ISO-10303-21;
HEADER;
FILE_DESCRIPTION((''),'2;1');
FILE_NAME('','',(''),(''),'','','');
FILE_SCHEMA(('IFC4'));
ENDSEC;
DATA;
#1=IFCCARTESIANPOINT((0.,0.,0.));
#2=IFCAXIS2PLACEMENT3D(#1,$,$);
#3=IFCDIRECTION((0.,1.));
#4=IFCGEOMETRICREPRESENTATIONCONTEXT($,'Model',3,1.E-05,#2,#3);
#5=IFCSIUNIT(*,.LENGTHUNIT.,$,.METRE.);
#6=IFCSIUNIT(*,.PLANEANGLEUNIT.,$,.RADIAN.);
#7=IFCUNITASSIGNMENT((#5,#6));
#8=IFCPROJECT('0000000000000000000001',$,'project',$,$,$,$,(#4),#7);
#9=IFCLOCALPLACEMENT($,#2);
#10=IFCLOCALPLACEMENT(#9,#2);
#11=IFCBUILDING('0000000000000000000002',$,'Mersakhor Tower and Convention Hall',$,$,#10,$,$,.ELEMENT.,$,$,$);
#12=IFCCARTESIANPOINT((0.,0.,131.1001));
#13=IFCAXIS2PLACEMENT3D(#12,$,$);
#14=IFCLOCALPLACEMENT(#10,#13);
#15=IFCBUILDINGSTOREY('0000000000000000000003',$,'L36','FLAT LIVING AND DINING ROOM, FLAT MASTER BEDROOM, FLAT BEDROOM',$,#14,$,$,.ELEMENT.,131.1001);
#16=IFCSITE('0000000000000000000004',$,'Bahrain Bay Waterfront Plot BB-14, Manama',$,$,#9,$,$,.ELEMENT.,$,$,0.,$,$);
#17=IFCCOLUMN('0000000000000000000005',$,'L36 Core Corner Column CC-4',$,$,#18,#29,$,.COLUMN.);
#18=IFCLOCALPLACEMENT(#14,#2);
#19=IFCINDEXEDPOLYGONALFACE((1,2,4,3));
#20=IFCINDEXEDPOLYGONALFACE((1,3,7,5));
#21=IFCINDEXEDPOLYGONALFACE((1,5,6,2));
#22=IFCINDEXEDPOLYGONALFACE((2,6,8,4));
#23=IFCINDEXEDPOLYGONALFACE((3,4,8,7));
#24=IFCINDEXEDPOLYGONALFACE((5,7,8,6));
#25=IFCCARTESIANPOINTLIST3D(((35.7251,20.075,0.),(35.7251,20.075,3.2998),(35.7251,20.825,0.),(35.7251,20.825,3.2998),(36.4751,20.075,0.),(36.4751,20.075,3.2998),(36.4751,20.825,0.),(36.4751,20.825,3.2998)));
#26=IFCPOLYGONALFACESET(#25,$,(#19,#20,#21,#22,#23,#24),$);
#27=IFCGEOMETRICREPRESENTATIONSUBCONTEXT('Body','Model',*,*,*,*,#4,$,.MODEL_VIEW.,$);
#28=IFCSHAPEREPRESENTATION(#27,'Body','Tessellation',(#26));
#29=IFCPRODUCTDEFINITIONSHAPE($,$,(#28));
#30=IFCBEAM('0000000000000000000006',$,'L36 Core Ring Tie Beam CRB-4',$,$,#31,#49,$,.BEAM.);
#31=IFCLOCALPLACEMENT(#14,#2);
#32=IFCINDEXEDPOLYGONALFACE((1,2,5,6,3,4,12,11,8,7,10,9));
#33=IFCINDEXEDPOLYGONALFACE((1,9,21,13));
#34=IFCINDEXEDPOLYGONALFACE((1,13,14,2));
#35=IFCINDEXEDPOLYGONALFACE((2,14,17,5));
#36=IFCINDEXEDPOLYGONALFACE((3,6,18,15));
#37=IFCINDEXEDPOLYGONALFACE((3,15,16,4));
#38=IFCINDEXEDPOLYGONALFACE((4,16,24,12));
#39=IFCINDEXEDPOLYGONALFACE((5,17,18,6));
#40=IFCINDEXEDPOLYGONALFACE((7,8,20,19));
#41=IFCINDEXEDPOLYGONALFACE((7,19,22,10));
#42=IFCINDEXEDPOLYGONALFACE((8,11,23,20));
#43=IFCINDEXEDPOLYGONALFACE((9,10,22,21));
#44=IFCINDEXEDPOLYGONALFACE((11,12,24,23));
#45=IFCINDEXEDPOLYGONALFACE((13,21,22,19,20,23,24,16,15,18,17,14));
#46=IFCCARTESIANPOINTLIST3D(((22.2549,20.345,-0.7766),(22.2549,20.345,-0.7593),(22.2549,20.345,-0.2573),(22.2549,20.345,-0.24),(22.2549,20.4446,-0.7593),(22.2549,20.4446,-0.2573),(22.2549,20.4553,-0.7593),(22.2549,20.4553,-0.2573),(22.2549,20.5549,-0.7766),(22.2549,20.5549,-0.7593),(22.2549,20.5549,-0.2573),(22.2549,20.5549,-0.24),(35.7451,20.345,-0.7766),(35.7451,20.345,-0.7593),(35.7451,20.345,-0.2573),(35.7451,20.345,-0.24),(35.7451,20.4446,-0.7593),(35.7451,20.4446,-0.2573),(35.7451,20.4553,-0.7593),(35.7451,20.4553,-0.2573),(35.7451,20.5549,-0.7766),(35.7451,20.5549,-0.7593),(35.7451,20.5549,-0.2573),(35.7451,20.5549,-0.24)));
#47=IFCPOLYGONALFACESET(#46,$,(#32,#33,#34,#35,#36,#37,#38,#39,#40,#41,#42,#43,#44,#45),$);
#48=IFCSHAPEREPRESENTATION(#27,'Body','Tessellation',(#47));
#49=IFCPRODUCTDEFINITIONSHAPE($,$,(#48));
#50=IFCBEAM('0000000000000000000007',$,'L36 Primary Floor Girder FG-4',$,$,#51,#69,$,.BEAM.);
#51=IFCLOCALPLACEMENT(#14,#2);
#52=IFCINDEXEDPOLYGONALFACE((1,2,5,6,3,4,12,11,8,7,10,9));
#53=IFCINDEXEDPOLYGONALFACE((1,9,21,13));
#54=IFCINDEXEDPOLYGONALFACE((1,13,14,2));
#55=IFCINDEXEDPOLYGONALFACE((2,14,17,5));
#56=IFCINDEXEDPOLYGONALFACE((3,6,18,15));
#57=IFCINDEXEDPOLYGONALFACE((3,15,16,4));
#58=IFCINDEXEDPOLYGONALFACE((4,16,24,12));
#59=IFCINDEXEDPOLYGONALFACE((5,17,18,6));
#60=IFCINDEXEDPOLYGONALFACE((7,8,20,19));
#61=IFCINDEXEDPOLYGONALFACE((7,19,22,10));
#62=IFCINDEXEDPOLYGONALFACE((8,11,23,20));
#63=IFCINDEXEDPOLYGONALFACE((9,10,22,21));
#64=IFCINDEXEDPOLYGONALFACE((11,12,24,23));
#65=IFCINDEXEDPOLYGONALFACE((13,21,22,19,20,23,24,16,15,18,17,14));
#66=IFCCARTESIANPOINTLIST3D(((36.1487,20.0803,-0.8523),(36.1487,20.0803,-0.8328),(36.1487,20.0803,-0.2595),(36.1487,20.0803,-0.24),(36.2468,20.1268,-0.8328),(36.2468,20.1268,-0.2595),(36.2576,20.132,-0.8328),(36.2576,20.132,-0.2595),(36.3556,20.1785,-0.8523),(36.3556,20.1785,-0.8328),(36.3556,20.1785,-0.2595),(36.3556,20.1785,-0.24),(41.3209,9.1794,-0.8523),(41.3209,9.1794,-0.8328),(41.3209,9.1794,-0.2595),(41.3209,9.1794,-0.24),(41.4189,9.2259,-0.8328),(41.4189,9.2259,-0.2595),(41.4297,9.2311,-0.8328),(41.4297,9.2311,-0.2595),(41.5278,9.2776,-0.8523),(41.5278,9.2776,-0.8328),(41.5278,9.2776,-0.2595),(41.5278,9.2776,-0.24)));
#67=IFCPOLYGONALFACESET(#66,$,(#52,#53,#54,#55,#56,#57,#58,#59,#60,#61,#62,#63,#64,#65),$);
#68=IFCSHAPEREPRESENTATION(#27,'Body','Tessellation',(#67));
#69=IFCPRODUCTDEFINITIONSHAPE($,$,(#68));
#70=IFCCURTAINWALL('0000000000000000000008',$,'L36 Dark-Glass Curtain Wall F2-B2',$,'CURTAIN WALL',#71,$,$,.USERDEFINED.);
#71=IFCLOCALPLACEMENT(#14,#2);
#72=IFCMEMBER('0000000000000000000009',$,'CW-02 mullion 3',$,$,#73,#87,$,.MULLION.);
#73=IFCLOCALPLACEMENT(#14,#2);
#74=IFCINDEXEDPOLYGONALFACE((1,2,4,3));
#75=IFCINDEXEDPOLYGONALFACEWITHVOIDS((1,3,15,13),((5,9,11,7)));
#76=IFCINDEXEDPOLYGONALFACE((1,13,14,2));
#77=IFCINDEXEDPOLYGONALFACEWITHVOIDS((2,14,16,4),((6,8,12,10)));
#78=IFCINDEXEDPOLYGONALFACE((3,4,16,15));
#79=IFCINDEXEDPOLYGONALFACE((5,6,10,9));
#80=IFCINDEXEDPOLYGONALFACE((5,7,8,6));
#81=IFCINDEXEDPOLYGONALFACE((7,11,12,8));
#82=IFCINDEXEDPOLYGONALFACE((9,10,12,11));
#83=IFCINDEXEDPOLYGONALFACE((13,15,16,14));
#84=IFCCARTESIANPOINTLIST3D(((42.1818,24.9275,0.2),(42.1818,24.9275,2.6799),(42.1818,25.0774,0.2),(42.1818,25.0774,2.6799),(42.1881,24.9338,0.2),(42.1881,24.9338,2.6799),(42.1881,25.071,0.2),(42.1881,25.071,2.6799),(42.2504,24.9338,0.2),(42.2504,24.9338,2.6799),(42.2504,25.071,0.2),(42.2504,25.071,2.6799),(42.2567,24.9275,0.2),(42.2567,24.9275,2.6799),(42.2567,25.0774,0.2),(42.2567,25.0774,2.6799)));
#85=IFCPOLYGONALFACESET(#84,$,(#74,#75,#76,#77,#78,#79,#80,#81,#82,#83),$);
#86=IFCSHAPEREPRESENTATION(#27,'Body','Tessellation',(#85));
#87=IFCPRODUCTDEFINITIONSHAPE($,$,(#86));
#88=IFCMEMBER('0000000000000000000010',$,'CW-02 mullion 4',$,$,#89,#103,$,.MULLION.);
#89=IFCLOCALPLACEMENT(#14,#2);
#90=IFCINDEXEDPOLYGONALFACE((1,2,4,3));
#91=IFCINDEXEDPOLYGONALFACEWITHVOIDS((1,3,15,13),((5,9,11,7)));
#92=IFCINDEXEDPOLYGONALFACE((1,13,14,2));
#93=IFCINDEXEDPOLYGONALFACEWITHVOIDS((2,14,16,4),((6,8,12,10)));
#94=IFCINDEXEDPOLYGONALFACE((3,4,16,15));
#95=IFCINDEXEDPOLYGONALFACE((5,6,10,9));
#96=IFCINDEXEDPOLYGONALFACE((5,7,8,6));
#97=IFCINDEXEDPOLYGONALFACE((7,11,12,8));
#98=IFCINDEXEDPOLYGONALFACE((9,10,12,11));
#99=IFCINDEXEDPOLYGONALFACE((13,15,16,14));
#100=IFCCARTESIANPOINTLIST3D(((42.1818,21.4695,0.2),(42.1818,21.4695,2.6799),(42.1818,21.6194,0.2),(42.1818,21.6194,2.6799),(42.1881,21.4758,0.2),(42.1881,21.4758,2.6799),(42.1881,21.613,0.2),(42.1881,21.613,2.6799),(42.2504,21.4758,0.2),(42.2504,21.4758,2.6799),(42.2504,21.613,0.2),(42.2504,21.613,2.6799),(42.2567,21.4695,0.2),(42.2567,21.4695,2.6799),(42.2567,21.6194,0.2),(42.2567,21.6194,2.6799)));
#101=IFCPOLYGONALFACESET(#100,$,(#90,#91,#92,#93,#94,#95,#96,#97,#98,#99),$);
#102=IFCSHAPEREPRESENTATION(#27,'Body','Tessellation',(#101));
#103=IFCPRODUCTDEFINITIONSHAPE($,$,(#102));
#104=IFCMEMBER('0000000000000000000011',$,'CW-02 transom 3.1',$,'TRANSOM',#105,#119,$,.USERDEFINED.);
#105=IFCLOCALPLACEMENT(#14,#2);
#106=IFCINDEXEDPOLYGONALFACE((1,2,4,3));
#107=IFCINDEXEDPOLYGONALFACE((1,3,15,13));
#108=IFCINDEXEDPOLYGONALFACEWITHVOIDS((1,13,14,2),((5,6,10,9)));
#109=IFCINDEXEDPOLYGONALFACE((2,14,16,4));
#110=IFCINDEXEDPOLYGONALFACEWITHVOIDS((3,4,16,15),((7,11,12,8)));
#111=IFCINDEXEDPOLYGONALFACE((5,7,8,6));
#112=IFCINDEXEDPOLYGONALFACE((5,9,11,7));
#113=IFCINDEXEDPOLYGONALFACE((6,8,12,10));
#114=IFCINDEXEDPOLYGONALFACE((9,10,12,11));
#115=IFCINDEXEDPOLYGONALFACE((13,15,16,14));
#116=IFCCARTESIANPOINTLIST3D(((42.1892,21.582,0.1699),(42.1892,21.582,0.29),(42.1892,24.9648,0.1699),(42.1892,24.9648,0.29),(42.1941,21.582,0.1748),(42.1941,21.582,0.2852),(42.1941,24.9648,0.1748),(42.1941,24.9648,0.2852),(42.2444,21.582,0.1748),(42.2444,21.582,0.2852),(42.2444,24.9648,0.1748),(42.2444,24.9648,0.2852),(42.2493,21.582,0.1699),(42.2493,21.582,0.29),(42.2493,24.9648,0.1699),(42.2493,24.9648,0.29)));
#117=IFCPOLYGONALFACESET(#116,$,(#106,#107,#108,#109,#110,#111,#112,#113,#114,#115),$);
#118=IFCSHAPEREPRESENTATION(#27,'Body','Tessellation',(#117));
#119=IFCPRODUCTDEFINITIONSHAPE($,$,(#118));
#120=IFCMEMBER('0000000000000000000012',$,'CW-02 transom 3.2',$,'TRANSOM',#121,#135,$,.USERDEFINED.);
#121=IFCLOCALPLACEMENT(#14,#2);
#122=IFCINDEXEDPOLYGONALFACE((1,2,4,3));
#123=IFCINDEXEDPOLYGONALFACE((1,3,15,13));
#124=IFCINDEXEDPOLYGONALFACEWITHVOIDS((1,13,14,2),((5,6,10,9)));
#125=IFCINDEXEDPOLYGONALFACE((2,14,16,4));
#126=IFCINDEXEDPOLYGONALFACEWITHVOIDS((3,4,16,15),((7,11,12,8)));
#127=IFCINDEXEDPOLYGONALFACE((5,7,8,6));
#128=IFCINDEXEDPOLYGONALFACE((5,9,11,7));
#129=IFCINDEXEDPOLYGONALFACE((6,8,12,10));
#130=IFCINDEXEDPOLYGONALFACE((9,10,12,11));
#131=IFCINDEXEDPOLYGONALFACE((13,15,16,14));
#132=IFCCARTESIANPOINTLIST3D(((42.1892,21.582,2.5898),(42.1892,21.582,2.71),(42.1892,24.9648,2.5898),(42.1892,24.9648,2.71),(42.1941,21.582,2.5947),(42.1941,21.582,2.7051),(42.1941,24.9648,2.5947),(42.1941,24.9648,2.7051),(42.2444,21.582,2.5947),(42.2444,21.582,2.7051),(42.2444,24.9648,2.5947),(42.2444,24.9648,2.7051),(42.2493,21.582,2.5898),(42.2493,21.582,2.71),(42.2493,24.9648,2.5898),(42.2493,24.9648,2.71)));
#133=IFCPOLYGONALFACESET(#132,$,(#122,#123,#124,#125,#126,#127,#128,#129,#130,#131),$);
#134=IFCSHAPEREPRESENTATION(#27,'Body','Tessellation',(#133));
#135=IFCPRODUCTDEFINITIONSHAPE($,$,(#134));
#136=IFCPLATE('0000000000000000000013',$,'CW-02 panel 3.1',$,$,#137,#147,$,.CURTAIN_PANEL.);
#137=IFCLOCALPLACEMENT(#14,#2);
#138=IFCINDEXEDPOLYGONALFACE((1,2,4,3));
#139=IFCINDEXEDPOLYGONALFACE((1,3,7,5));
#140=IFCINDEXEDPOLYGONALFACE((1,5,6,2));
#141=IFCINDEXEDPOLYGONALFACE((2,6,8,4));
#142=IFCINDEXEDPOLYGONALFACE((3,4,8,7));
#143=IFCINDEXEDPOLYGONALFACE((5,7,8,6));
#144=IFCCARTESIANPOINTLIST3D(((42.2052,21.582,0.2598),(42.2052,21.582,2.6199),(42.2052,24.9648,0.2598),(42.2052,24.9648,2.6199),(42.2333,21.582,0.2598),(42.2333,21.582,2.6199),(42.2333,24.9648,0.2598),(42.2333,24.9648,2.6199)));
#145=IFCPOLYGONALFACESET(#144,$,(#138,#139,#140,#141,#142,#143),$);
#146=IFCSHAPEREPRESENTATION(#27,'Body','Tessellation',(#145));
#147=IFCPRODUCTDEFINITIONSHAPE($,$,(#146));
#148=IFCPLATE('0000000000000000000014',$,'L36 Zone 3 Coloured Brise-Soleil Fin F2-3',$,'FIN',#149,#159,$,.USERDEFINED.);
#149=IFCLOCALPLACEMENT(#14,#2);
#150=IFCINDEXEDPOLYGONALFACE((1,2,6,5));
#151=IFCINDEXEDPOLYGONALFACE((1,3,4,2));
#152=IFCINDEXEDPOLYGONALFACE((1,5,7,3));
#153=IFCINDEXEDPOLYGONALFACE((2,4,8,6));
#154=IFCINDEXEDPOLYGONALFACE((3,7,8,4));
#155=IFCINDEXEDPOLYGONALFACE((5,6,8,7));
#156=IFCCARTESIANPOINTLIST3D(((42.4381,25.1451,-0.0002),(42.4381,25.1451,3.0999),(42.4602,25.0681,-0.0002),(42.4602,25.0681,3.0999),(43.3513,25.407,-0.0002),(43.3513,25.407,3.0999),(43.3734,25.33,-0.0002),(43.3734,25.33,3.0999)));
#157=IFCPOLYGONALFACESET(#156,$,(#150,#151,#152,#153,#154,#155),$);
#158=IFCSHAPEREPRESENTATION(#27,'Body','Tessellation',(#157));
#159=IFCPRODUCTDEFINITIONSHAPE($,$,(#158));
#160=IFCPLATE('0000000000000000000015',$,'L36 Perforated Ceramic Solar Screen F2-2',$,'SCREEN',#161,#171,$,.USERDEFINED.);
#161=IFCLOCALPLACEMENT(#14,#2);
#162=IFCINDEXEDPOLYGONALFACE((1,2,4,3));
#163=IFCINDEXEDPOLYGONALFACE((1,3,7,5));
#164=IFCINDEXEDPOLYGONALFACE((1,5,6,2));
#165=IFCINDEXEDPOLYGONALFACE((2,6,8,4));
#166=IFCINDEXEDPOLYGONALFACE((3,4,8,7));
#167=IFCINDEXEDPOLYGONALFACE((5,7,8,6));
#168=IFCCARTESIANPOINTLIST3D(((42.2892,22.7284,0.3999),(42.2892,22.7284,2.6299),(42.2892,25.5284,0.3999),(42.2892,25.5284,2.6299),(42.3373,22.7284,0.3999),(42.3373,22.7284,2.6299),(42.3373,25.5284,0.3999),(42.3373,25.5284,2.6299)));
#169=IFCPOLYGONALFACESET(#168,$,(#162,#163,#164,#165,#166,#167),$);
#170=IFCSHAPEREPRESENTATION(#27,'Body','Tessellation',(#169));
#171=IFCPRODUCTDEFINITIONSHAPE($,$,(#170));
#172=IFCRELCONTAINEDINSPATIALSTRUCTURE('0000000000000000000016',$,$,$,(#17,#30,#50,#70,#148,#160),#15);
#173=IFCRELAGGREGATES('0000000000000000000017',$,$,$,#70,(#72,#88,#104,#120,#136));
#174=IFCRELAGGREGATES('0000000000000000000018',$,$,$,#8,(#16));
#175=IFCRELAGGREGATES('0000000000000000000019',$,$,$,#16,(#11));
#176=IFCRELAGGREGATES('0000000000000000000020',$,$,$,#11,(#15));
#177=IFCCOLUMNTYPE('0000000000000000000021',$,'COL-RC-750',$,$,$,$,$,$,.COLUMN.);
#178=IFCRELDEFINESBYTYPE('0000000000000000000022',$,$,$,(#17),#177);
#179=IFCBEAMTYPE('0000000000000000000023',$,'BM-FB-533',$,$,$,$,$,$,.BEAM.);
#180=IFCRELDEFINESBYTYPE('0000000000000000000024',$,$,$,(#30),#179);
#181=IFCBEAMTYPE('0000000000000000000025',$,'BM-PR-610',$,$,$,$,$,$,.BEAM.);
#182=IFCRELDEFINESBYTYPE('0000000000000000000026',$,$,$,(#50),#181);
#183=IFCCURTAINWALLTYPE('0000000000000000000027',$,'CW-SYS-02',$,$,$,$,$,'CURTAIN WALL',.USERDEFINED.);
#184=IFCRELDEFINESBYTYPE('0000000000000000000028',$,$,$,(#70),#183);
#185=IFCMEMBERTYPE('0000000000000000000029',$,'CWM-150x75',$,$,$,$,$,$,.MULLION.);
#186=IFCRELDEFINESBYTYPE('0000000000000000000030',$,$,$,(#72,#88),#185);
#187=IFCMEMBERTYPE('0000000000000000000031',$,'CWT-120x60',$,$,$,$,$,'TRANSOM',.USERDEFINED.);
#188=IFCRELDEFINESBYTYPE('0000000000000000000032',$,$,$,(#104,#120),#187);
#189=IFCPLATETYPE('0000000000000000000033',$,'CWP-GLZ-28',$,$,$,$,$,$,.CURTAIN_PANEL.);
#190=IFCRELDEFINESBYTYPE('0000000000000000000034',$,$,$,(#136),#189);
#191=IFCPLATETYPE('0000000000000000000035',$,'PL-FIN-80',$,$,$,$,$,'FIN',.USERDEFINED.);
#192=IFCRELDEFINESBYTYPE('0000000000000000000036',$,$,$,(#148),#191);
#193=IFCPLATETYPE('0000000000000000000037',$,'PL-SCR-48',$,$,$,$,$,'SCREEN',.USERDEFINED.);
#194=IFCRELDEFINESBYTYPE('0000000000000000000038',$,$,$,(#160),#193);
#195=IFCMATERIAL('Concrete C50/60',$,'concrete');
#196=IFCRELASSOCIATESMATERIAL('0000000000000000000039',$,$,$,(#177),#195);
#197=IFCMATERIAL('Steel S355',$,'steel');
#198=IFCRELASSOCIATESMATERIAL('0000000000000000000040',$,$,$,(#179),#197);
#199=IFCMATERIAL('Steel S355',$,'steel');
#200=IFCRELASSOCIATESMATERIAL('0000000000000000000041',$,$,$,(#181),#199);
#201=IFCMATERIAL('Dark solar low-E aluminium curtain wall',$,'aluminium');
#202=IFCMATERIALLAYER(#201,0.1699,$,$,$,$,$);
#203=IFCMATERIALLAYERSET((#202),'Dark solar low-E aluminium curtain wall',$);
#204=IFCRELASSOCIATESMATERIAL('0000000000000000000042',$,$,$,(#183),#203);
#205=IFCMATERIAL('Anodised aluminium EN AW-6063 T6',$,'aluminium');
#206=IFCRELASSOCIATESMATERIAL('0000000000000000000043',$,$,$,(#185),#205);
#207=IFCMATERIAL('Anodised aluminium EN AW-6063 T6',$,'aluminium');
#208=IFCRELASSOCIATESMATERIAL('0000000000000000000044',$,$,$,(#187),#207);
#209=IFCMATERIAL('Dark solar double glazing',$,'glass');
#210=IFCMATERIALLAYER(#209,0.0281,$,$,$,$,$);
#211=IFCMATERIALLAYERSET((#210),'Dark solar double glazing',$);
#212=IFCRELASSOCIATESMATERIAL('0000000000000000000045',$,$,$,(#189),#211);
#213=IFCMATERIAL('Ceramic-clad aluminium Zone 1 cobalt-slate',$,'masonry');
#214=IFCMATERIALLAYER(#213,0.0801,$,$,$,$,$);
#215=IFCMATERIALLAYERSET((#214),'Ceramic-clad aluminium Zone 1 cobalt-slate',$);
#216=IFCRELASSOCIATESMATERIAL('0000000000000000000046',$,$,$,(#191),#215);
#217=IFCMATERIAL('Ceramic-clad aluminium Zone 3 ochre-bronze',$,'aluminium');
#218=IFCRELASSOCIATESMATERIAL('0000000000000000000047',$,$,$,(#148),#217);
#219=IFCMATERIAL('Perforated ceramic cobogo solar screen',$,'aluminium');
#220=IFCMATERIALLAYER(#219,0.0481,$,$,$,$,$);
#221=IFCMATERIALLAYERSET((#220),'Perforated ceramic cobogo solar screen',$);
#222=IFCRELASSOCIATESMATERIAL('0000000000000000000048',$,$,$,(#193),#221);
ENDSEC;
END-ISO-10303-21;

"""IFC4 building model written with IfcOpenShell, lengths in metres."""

from ifc_helpers import new_model, si_unit, direction, frame, origin, origin_2d, place, context, subcontext, project, spatial, rectangle, hollow_rectangle, i_section, extrude, material, layer, layer_set, material_profile, profile_set, type_object, element, aggregate, save


model = new_model("IFC4")

# Units and contexts
model_context = context("Model", 3, precision=1e-05, world=origin(), true_north=direction((0.0, 1.0)))
body_context = subcontext(model_context, "Body", "Model", "MODEL_VIEW")
ifc_project = project(units=[si_unit("LENGTHUNIT", "METRE"), si_unit("PLANEANGLEUNIT", "RADIAN")], contexts=[model_context])

# Site, building, storey
site_placement = place(None, origin())
site = spatial("IfcSite", under=ifc_project, at=site_placement, Name="Bahrain Bay Waterfront Plot BB-14, Manama", CompositionType="ELEMENT", RefElevation=0.0)
building_placement = place(site_placement, origin())
building = spatial("IfcBuilding", under=site, at=building_placement, Name="Mersakhor Tower and Convention Hall", CompositionType="ELEMENT")
storey_placement = place(building_placement, frame((0.0, 0.0, 131.1001)))
storey = spatial("IfcBuildingStorey", under=building, at=storey_placement, Name="L36", Description="FLAT LIVING AND DINING ROOM, FLAT MASTER BEDROOM, FLAT BEDROOM", CompositionType="ELEMENT", Elevation=131.1001)

# Column
ifc_material_1 = material(Name="Concrete C50/60", Category="concrete")
ifc_material_profile_1 = material_profile(ifc_material_1, rectangle(XDim=0.75, YDim=0.75, at=origin_2d()), Name="RC 750x750")
ifc_profile_set_1 = profile_set([ifc_material_profile_1], Name="Concrete C50/60")
column_type = type_object("IfcColumnType", Name="COL-RC-750", PredefinedType="COLUMN", material=ifc_profile_set_1)
column_placement = place(storey_placement, frame((36.1001, 20.45, 0.0), z_axis=(0.0, 0.0, 1.0), x_axis=(1.0, 0.0, 0.0)))
element("IfcColumn", 1, at=column_placement, inside=storey, type_object=column_type, Name="L36 Core Corner Column CC-4", PredefinedType="COLUMN", context=body_context, shape_type="SweptSolid", body=[
    extrude(rectangle(XDim=0.75, YDim=0.75, at=origin_2d()), origin(), (0.0, 0.0, 1.0), 3.2998),
])

# Beams
ifc_material_2 = material(Name="Steel S355", Category="steel")
ifc_material_profile_2 = material_profile(ifc_material_2, i_section(OverallWidth=0.21, OverallDepth=0.5366, WebThickness=0.0107, FlangeThickness=0.0173, at=origin_2d()), Name="UB 533x210x101")
ifc_profile_set_2 = profile_set([ifc_material_profile_2], Name="Steel S355")
beam_type_1 = type_object("IfcBeamType", Name="BM-FB-533", PredefinedType="BEAM", material=ifc_profile_set_2)
beam_1_placement = place(storey_placement, frame((35.7451, 20.45, -0.5083), z_axis=(-1.0, 0.0, 0.0), x_axis=(0.0, -1.0, 0.0)))
element("IfcBeam", 2, at=beam_1_placement, inside=storey, type_object=beam_type_1, Name="L36 Core Ring Tie Beam CRB-4", PredefinedType="BEAM", context=body_context, shape_type="SweptSolid", body=[
    extrude(i_section(OverallWidth=0.21, OverallDepth=0.5366, WebThickness=0.0107, FlangeThickness=0.0173, at=origin_2d()), origin(), (0.0, 0.0, 1.0), 13.4902),
])
ifc_material_3 = material(Name="Steel S355", Category="steel")
ifc_material_profile_3 = material_profile(ifc_material_3, i_section(OverallWidth=0.229, OverallDepth=0.6123, WebThickness=0.012, FlangeThickness=0.0195, at=origin_2d()), Name="UB 610x229x125")
ifc_profile_set_3 = profile_set([ifc_material_profile_3], Name="Steel S355")
beam_type_2 = type_object("IfcBeamType", Name="BM-PR-610", PredefinedType="BEAM", material=ifc_profile_set_3)
beam_2_placement = place(storey_placement, frame((36.2522, 20.1294, -0.5461), z_axis=(0.428665, -0.903464, 0.0), x_axis=(0.903464, 0.428665, 0.0)))
element("IfcBeam", 3, at=beam_2_placement, inside=storey, type_object=beam_type_2, Name="L36 Primary Floor Girder FG-4", PredefinedType="BEAM", context=body_context, shape_type="SweptSolid", body=[
    extrude(i_section(OverallWidth=0.229, OverallDepth=0.6123, WebThickness=0.012, FlangeThickness=0.0195, at=origin_2d()), origin(), (0.0, 0.0, 1.0), 12.0657),
])

# Curtain wall, members, plate
ifc_material_4 = material(Name="Dark solar low-E aluminium curtain wall", Category="aluminium")
ifc_layer_1 = layer(ifc_material_4, 0.1699)
ifc_layer_set_1 = layer_set([ifc_layer_1], Name="Dark solar low-E aluminium curtain wall")
curtain_wall_type = type_object("IfcCurtainWallType", Name="CW-SYS-02", ElementType="CURTAIN WALL", PredefinedType="USERDEFINED", material=ifc_layer_set_1)
curtain_wall_placement = place(storey_placement, origin())
curtain_wall = element("IfcCurtainWall", 4, at=curtain_wall_placement, inside=storey, type_object=curtain_wall_type, Name="L36 Dark-Glass Curtain Wall F2-B2", ObjectType="CURTAIN WALL", PredefinedType="USERDEFINED")
ifc_material_5 = material(Name="Anodised aluminium EN AW-6063 T6", Category="aluminium")
ifc_material_profile_4 = material_profile(ifc_material_5, hollow_rectangle(XDim=0.075, YDim=0.1499, WallThickness=0.0063, at=origin_2d()), Name="RHS 150x75x6.3")
ifc_profile_set_4 = profile_set([ifc_material_profile_4], Name="Anodised aluminium EN AW-6063 T6")
member_type_1 = type_object("IfcMemberType", Name="CWM-150x75", PredefinedType="MULLION", material=ifc_profile_set_4)
member_1_placement = place(storey_placement, frame((42.2192, 25.0024, 0.2), z_axis=(0.0, 0.0, 1.0), x_axis=(1.0, 0.0, 0.0)))
member_1 = element("IfcMember", 5, at=member_1_placement, type_object=member_type_1, Name="CW-02 mullion 3", PredefinedType="MULLION", context=body_context, shape_type="SweptSolid", body=[
    extrude(hollow_rectangle(XDim=0.075, YDim=0.1499, WallThickness=0.0063, at=origin_2d()), origin(), (0.0, 0.0, 1.0), 2.48),
])
member_2_placement = place(storey_placement, frame((42.2192, 21.5444, 0.2), z_axis=(0.0, 0.0, 1.0), x_axis=(1.0, 0.0, 0.0)))
member_2 = element("IfcMember", 6, at=member_2_placement, type_object=member_type_1, Name="CW-02 mullion 4", PredefinedType="MULLION", context=body_context, shape_type="SweptSolid", body=[
    extrude(hollow_rectangle(XDim=0.075, YDim=0.1499, WallThickness=0.0063, at=origin_2d()), origin(), (0.0, 0.0, 1.0), 2.48),
])
ifc_material_6 = material(Name="Anodised aluminium EN AW-6063 T6", Category="aluminium")
ifc_material_profile_5 = material_profile(ifc_material_6, hollow_rectangle(XDim=0.0601, YDim=0.1201, WallThickness=0.0049, at=origin_2d()), Name="RHS 120x60x5")
ifc_profile_set_5 = profile_set([ifc_material_profile_5], Name="Anodised aluminium EN AW-6063 T6")
member_type_2 = type_object("IfcMemberType", Name="CWT-120x60", ElementType="TRANSOM", PredefinedType="USERDEFINED", material=ifc_profile_set_5)
member_3_placement = place(storey_placement, frame((42.2192, 24.9648, 0.23), z_axis=(0.0, -1.0, 0.0), x_axis=(1.0, 0.0, 0.0)))
member_3 = element("IfcMember", 7, at=member_3_placement, type_object=member_type_2, Name="CW-02 transom 3.1", ObjectType="TRANSOM", PredefinedType="USERDEFINED", context=body_context, shape_type="SweptSolid", body=[
    extrude(hollow_rectangle(XDim=0.0601, YDim=0.1201, WallThickness=0.0049, at=origin_2d()), origin(), (0.0, 0.0, 1.0), 3.3828),
])
member_4_placement = place(storey_placement, frame((42.2192, 24.9648, 2.6499), z_axis=(0.0, -1.0, 0.0), x_axis=(1.0, 0.0, 0.0)))
member_4 = element("IfcMember", 8, at=member_4_placement, type_object=member_type_2, Name="CW-02 transom 3.2", ObjectType="TRANSOM", PredefinedType="USERDEFINED", context=body_context, shape_type="SweptSolid", body=[
    extrude(hollow_rectangle(XDim=0.0601, YDim=0.1201, WallThickness=0.0049, at=origin_2d()), origin(), (0.0, 0.0, 1.0), 3.3828),
])
ifc_material_7 = material(Name="Dark solar double glazing", Category="glass")
ifc_layer_2 = layer(ifc_material_7, 0.0281)
ifc_layer_set_2 = layer_set([ifc_layer_2], Name="Dark solar double glazing")
plate_type_1 = type_object("IfcPlateType", Name="CWP-GLZ-28", PredefinedType="CURTAIN_PANEL", material=ifc_layer_set_2)
plate_1_placement = place(storey_placement, frame((42.2192, 23.2734, 0.2598), z_axis=(0.0, 0.0, 1.0), x_axis=(0.0, -1.0, 0.0)))
plate_1 = element("IfcPlate", 9, at=plate_1_placement, type_object=plate_type_1, Name="CW-02 panel 3.1", PredefinedType="CURTAIN_PANEL", context=body_context, shape_type="SweptSolid", body=[
    extrude(rectangle(XDim=3.3828, YDim=0.0281, at=origin_2d()), origin(), (0.0, 0.0, 1.0), 2.3601),
])
aggregate(curtain_wall, [member_1, member_2, member_3, member_4, plate_1])

# Plates
ifc_material_8 = material(Name="Ceramic-clad aluminium Zone 3 ochre-bronze", Category="aluminium")
ifc_material_9 = material(Name="Ceramic-clad aluminium Zone 1 cobalt-slate", Category="masonry")
ifc_layer_3 = layer(ifc_material_9, 0.0801)
ifc_layer_set_3 = layer_set([ifc_layer_3], Name="Ceramic-clad aluminium Zone 1 cobalt-slate")
plate_type_2 = type_object("IfcPlateType", Name="PL-FIN-80", ElementType="FIN", PredefinedType="USERDEFINED", material=ifc_layer_set_3)
plate_2_placement = place(storey_placement, frame((42.9058, 25.2375, -0.0002), z_axis=(0.0, 0.0, 1.0), x_axis=(0.961262, 0.275637, 0.0)))
element("IfcPlate", 10, at=plate_2_placement, inside=storey, type_object=plate_type_2, material=ifc_material_8, Name="L36 Zone 3 Coloured Brise-Soleil Fin F2-3", ObjectType="FIN", PredefinedType="USERDEFINED", context=body_context, shape_type="SweptSolid", body=[
    extrude(rectangle(XDim=0.95, YDim=0.0801, at=origin_2d()), origin(), (0.0, 0.0, 1.0), 3.1001),
])
ifc_material_10 = material(Name="Perforated ceramic cobogo solar screen", Category="aluminium")
ifc_layer_4 = layer(ifc_material_10, 0.0481)
ifc_layer_set_4 = layer_set([ifc_layer_4], Name="Perforated ceramic cobogo solar screen")
plate_type_3 = type_object("IfcPlateType", Name="PL-SCR-48", ElementType="SCREEN", PredefinedType="USERDEFINED", material=ifc_layer_set_4)
plate_3_placement = place(storey_placement, frame((42.3132, 24.1284, 0.3999), z_axis=(0.0, 0.0, 1.0), x_axis=(0.0, -1.0, 0.0)))
element("IfcPlate", 11, at=plate_3_placement, inside=storey, type_object=plate_type_3, Name="L36 Perforated Ceramic Solar Screen F2-2", ObjectType="SCREEN", PredefinedType="USERDEFINED", context=body_context, shape_type="SweptSolid", body=[
    extrude(rectangle(XDim=2.8, YDim=0.0481, at=origin_2d()), origin(), (0.0, 0.0, 1.0), 2.23),
])

save(model, "model.ifc")
